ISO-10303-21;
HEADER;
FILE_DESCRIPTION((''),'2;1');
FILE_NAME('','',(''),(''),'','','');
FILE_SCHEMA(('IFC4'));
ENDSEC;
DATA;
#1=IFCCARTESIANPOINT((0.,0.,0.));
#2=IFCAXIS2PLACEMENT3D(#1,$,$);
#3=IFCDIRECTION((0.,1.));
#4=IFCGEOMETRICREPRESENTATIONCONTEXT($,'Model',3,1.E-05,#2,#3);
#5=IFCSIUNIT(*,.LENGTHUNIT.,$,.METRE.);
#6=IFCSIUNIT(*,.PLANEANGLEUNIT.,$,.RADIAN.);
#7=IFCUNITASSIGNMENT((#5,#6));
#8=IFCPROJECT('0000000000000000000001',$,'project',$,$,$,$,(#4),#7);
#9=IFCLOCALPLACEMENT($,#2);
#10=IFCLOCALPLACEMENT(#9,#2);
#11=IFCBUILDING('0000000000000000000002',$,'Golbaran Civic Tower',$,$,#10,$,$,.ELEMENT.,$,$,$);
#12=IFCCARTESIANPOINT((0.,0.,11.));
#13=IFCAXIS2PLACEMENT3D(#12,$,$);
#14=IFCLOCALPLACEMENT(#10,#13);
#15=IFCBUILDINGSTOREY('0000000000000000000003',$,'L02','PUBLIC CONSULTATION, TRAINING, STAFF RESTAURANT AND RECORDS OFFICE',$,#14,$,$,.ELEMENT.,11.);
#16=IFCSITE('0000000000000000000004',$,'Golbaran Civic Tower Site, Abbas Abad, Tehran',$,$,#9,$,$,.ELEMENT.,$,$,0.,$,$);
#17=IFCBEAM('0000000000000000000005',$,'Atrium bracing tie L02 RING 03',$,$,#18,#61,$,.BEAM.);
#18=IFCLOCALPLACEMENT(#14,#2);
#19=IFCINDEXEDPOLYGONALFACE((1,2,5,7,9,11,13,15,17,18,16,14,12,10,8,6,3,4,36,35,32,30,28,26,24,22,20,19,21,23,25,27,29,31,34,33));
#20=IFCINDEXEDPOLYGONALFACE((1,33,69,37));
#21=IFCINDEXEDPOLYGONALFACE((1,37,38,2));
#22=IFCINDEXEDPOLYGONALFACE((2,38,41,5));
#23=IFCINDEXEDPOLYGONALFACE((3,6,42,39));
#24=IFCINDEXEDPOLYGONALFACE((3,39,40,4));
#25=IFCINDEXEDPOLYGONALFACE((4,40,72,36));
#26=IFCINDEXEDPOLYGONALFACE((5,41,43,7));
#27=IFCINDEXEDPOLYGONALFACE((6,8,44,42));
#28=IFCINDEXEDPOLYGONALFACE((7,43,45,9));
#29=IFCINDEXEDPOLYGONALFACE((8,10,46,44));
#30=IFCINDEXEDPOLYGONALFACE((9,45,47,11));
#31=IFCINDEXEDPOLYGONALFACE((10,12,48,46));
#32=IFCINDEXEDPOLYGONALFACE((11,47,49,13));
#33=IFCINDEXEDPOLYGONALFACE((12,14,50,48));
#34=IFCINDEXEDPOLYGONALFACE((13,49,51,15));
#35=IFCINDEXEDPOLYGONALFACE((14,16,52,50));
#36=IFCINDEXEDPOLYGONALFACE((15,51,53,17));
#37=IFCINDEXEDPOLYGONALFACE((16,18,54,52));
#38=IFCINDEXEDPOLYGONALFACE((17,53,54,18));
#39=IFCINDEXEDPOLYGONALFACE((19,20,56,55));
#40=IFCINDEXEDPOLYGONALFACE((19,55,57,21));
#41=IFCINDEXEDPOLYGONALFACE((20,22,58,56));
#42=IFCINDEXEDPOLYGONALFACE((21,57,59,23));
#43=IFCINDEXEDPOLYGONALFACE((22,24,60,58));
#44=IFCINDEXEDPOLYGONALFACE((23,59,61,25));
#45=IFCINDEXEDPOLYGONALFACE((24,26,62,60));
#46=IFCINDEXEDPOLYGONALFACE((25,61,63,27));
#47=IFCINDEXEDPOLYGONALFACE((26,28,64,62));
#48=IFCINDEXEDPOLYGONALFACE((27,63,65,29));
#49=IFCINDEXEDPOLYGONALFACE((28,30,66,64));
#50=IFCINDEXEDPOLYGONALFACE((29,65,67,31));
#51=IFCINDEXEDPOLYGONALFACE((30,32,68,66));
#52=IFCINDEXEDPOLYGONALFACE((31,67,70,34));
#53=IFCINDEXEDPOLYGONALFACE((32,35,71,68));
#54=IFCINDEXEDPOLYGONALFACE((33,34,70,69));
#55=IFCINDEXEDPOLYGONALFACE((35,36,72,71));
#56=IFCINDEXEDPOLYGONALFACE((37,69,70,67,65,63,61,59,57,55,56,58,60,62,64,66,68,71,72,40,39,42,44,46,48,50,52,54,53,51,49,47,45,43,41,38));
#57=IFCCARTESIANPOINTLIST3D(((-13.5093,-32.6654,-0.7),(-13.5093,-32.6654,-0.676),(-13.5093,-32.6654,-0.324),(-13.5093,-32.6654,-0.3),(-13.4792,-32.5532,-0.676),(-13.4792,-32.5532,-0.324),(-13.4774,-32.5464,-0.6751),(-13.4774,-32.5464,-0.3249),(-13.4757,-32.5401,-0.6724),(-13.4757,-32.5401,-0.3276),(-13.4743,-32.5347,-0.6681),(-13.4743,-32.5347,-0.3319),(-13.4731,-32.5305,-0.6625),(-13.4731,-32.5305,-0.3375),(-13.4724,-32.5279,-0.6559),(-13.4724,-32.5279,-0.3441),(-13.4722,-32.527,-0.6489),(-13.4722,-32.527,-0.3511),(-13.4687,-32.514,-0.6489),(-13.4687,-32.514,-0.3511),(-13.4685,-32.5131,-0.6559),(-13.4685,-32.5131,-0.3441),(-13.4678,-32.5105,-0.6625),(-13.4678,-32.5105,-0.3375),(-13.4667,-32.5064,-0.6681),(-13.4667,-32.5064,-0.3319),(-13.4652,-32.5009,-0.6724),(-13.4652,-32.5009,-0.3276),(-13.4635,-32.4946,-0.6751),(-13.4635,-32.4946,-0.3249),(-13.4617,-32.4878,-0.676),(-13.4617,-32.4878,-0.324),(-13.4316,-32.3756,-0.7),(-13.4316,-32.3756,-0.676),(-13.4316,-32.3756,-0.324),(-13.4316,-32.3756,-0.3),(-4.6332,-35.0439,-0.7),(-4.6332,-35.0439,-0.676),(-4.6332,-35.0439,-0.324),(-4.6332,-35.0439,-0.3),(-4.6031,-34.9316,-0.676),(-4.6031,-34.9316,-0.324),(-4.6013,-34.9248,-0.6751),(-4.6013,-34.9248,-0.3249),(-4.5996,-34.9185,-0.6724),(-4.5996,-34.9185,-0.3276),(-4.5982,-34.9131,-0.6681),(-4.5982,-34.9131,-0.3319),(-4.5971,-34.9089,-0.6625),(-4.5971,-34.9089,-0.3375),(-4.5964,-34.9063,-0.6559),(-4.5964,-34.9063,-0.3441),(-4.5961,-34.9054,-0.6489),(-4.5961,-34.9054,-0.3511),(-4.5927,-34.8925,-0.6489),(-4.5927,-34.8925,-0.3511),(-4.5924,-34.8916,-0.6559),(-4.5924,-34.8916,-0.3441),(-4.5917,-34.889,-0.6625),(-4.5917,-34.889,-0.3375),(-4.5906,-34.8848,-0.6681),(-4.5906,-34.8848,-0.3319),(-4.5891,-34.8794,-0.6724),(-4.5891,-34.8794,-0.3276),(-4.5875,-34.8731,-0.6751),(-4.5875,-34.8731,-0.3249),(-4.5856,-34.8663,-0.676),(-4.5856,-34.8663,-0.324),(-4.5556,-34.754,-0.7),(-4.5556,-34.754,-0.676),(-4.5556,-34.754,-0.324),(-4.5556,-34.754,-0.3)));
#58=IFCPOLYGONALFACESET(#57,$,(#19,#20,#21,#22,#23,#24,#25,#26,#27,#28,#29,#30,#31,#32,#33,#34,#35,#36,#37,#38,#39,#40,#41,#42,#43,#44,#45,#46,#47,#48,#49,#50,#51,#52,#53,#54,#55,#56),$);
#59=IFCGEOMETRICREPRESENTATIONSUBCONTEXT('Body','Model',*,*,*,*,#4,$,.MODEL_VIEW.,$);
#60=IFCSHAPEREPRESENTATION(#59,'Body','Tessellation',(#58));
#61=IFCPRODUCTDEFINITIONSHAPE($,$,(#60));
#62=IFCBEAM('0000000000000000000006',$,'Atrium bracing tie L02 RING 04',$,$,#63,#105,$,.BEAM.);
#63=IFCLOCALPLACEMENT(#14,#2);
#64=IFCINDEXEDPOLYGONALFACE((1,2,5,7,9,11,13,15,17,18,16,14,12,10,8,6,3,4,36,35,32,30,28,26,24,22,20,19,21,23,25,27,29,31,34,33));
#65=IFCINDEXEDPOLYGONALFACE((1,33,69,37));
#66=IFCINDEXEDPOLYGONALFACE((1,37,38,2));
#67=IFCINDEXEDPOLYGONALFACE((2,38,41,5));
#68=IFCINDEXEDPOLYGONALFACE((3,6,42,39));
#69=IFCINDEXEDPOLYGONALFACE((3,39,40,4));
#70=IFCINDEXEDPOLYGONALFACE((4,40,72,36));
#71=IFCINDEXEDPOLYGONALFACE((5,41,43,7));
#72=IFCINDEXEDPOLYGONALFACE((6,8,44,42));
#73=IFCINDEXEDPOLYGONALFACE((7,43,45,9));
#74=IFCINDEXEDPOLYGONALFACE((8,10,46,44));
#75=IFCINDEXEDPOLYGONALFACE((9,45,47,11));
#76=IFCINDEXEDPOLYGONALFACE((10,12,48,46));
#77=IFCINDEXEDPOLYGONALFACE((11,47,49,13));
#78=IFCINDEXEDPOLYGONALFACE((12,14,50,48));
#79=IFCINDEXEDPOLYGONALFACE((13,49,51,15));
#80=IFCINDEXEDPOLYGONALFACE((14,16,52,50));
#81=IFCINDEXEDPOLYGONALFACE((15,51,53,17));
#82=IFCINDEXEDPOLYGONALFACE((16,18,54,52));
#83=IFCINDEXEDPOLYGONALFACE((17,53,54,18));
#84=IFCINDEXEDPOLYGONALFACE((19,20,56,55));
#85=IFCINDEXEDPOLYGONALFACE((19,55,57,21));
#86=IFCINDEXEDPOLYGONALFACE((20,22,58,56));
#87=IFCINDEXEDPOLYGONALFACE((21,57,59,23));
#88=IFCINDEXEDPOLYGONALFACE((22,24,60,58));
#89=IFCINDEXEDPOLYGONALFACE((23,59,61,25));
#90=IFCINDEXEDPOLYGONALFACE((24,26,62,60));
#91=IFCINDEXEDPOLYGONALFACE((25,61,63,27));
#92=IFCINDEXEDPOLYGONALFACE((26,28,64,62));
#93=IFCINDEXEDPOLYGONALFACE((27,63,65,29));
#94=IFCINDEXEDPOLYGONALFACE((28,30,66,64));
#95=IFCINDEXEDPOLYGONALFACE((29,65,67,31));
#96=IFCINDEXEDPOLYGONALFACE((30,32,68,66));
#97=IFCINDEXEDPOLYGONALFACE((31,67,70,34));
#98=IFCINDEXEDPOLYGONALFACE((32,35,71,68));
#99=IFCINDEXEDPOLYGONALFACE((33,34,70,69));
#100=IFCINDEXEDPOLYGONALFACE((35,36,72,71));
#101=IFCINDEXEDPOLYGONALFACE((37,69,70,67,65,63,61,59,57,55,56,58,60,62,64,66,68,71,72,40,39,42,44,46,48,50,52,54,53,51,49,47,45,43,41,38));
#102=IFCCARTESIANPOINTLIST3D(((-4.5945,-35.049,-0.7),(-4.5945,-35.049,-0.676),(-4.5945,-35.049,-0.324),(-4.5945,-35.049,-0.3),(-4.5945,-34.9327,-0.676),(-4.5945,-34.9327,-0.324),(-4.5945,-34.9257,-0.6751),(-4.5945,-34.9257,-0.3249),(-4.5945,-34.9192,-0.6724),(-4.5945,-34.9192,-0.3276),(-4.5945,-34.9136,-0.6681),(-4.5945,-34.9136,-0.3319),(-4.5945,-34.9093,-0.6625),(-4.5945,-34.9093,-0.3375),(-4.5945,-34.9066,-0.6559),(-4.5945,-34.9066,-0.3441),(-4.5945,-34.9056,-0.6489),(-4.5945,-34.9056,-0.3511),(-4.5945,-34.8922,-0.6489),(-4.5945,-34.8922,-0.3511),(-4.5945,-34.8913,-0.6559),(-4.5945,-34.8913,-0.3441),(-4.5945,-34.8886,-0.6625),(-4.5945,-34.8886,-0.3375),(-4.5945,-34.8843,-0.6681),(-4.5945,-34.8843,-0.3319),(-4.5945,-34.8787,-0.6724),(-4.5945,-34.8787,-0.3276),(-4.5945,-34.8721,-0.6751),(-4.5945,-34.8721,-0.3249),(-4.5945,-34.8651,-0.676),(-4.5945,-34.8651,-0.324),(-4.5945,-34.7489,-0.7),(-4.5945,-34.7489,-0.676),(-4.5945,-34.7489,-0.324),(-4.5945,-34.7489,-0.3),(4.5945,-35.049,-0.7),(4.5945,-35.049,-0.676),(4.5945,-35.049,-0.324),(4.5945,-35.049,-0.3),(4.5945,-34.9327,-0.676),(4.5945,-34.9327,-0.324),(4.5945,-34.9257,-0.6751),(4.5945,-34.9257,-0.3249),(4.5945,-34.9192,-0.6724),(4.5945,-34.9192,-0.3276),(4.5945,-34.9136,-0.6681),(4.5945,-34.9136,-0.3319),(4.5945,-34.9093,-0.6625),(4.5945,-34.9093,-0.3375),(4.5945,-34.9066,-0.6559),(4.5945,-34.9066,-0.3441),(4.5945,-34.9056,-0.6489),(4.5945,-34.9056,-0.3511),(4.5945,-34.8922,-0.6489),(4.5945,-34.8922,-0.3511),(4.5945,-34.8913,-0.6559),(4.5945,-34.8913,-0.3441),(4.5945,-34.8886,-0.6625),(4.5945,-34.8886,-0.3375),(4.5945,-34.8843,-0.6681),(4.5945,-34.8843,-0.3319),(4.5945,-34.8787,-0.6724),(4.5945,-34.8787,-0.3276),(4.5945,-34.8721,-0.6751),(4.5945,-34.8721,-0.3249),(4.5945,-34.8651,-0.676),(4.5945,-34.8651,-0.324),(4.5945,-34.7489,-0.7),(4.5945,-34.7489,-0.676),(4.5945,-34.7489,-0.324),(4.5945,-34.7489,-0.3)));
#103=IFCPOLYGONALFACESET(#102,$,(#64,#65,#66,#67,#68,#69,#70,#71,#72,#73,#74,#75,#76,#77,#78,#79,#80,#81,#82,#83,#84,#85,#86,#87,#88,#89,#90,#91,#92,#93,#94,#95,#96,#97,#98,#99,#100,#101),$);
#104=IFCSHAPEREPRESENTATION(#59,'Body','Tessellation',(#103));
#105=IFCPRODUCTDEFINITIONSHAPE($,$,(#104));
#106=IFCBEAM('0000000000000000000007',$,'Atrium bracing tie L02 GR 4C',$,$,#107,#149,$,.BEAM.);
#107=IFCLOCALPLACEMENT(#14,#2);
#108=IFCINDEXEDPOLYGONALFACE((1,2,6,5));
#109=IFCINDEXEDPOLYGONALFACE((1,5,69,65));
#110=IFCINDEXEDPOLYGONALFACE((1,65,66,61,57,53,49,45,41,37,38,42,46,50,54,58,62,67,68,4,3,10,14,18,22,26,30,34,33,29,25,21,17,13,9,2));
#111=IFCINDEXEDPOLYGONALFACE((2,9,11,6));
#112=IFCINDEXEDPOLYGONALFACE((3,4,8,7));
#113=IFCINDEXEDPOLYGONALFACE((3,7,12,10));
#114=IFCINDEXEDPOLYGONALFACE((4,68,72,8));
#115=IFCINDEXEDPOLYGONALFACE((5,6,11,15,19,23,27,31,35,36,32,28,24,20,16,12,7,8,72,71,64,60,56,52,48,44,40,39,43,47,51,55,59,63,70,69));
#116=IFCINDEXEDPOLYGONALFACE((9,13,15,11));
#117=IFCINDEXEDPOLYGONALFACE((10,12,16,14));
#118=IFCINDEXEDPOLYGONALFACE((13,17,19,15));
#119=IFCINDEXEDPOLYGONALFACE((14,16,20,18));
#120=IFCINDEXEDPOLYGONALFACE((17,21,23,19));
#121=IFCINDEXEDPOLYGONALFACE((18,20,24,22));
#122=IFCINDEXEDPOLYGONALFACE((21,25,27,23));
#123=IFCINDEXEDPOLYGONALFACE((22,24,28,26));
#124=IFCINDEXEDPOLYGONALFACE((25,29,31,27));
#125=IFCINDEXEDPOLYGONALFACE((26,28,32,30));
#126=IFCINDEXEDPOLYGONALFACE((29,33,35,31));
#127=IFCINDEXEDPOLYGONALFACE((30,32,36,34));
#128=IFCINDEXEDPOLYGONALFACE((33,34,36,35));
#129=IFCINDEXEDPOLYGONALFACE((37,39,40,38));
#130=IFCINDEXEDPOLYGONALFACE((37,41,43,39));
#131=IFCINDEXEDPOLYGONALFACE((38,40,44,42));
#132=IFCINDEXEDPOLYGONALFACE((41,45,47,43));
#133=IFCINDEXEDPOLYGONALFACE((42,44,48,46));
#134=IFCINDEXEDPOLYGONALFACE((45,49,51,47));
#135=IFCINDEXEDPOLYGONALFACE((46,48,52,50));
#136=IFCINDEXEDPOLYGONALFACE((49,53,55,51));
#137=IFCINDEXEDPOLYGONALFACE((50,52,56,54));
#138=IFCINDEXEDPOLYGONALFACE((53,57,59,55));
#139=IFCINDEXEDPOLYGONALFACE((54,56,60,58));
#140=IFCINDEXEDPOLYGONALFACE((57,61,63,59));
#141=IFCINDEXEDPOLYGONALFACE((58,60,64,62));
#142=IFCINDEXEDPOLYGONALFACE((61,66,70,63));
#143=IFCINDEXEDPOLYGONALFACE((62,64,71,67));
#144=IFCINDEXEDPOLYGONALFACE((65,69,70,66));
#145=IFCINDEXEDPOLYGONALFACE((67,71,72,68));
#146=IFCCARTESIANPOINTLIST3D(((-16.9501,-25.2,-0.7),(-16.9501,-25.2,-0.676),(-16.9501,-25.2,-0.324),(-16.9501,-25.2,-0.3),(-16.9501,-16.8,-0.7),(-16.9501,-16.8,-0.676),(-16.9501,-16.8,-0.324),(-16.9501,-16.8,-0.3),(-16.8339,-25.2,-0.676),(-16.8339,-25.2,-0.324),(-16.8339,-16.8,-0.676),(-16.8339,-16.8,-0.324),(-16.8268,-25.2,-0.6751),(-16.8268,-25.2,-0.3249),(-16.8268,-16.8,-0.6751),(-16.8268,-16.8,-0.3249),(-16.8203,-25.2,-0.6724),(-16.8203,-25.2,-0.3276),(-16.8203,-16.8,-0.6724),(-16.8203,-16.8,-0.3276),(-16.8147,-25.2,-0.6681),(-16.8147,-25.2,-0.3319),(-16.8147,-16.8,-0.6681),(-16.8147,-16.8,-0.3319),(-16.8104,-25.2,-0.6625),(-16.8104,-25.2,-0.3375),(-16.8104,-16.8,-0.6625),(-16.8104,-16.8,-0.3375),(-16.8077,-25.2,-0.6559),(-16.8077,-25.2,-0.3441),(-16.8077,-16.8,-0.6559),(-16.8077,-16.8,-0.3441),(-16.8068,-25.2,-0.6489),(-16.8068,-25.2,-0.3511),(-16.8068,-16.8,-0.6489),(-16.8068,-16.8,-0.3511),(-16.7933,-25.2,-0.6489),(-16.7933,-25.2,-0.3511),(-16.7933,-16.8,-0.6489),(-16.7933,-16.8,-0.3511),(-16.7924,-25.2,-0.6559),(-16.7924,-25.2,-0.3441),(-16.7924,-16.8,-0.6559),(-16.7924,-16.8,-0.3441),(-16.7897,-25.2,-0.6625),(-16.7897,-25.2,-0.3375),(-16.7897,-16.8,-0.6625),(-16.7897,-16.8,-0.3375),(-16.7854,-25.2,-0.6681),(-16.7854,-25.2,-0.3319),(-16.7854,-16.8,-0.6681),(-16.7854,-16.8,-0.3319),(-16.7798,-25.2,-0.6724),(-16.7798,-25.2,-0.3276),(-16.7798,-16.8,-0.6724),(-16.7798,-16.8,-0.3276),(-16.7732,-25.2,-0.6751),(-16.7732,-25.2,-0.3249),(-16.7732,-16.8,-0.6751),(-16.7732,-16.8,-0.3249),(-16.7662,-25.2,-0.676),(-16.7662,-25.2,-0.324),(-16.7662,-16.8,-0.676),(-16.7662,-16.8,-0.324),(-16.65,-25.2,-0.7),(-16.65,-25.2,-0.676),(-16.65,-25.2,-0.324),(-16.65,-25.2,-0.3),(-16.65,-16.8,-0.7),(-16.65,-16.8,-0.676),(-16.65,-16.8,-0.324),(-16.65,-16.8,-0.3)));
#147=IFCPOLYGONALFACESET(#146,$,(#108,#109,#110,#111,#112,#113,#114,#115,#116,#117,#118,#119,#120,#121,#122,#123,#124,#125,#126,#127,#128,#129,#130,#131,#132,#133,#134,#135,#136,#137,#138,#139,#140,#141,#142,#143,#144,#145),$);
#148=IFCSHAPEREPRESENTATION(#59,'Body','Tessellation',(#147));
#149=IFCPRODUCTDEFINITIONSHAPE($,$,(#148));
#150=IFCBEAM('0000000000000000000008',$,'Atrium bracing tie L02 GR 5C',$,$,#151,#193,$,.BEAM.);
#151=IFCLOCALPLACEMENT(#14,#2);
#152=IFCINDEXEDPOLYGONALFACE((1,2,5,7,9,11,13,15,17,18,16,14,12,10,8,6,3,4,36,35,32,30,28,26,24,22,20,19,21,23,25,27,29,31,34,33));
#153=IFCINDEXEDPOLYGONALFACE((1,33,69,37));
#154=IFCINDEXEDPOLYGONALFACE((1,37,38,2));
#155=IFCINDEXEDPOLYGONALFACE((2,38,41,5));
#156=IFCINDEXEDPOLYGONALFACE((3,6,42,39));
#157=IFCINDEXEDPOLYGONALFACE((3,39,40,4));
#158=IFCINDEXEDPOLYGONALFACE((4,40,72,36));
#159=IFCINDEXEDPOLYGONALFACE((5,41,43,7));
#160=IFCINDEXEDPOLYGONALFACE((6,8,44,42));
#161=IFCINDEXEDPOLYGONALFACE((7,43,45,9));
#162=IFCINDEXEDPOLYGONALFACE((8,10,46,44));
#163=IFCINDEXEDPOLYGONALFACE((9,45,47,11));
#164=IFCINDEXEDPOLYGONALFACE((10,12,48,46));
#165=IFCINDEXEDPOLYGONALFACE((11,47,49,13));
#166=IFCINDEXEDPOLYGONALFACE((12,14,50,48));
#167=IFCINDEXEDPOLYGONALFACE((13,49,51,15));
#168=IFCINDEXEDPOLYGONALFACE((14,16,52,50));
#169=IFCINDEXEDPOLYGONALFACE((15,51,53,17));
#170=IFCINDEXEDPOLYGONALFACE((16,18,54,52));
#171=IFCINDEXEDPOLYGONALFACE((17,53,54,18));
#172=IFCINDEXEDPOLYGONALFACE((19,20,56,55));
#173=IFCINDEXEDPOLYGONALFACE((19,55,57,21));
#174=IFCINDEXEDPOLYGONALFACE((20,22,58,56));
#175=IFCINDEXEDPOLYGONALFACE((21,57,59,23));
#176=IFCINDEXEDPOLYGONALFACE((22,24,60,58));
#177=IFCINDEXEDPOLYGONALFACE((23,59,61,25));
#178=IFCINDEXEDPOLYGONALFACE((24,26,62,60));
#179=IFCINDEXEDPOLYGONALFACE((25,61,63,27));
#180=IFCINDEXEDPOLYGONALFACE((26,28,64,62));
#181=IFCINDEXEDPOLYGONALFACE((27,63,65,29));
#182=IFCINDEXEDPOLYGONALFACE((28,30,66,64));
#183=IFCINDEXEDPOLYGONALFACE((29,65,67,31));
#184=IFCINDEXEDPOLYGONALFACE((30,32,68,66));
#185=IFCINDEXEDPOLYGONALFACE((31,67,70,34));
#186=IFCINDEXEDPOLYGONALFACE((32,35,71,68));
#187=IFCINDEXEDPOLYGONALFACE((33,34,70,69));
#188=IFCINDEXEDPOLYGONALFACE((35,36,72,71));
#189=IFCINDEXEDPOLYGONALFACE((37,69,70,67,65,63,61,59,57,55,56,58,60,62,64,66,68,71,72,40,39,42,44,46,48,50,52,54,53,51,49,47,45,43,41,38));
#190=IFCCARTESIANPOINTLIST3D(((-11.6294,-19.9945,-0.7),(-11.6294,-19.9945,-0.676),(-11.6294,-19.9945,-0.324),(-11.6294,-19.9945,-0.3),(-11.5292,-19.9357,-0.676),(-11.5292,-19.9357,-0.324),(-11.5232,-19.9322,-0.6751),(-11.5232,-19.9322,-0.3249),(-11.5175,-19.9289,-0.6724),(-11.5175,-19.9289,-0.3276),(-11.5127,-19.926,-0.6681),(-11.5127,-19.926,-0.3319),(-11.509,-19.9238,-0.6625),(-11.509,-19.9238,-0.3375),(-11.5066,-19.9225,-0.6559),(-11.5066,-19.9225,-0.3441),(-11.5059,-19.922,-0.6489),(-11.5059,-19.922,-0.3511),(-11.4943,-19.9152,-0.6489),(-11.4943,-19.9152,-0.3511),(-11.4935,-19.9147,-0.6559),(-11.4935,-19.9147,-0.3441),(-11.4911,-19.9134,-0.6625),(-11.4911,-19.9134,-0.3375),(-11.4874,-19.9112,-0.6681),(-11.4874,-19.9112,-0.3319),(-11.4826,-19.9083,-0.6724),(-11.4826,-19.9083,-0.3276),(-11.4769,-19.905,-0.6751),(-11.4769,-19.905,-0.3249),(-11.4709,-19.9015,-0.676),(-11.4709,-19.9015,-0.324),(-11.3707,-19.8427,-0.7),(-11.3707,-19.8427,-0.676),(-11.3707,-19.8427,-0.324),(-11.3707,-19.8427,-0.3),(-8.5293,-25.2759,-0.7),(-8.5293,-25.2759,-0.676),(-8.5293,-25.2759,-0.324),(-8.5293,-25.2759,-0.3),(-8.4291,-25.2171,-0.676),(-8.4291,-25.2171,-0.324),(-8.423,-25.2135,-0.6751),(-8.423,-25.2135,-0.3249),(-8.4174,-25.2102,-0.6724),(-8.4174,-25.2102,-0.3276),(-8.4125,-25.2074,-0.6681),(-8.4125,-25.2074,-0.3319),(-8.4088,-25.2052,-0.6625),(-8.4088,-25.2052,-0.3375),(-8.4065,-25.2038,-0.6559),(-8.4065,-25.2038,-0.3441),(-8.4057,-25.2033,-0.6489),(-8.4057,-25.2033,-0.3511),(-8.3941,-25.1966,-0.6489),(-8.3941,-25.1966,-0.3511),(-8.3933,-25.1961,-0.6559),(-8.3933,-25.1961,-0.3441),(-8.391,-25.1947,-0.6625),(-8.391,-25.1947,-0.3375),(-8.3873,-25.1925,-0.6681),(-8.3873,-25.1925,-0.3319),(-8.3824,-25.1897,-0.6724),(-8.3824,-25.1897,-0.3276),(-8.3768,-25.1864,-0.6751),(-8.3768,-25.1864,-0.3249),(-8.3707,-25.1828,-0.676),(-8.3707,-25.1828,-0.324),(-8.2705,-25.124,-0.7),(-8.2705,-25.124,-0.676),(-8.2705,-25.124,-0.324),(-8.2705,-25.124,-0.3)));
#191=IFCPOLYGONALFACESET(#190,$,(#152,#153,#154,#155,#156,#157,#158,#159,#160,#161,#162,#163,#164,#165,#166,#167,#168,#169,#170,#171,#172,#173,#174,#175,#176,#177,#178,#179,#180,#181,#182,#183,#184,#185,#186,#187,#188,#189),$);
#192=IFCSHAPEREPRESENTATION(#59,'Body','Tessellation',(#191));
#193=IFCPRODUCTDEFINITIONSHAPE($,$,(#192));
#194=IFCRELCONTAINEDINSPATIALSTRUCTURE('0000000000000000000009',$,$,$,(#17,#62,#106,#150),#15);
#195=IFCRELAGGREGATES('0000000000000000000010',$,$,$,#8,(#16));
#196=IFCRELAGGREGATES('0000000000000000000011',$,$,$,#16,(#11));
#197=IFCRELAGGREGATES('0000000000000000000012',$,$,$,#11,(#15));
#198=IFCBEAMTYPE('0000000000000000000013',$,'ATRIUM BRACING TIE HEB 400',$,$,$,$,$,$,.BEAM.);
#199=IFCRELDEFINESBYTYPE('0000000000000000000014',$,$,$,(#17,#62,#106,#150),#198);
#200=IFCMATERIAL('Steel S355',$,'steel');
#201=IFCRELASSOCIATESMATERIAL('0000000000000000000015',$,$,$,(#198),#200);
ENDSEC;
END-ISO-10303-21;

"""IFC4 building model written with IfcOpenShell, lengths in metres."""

from ifc_helpers import new_model, si_unit, direction, frame, origin, origin_2d, place, context, subcontext, project, spatial, i_section, extrude, material, material_profile, profile_set, type_object, element, save


model = new_model("IFC4")

# Units and contexts
model_context = context("Model", 3, precision=1e-05, world=origin(), true_north=direction((0.0, 1.0)))
body_context = subcontext(model_context, "Body", "Model", "MODEL_VIEW")
ifc_project = project(units=[si_unit("LENGTHUNIT", "METRE"), si_unit("PLANEANGLEUNIT", "RADIAN")], contexts=[model_context])

# Site, building, storey
site_placement = place(None, origin())
site = spatial("IfcSite", under=ifc_project, at=site_placement, Name="Golbaran Civic Tower Site, Abbas Abad, Tehran", CompositionType="ELEMENT", RefElevation=0.0)
building_placement = place(site_placement, origin())
building = spatial("IfcBuilding", under=site, at=building_placement, Name="Golbaran Civic Tower", CompositionType="ELEMENT")
storey_placement = place(building_placement, frame((0.0, 0.0, 11.0)))
storey = spatial("IfcBuildingStorey", under=building, at=storey_placement, Name="L02", Description="PUBLIC CONSULTATION, TRAINING, STAFF RESTAURANT AND RECORDS OFFICE", CompositionType="ELEMENT", Elevation=11.0)

# Shared definitions
ifc_material_1 = material(Name="Steel S355", Category="steel")

# Beams
ifc_material_profile_1 = material_profile(ifc_material_1, i_section(OverallWidth=0.3, OverallDepth=0.3999, WebThickness=0.0134, FlangeThickness=0.0239, FilletRadius=0.0271, at=origin_2d()), Name="HEB 400")
ifc_profile_set_1 = profile_set([ifc_material_profile_1], Name="Steel S355")
beam_type = type_object("IfcBeamType", Name="ATRIUM BRACING TIE HEB 400", PredefinedType="BEAM", material=ifc_profile_set_1)
beam_1_placement = place(storey_placement, frame((-13.4705, -32.5205, -0.5), z_axis=(0.965923, -0.25883, 0.0), x_axis=(0.25883, 0.965923, 0.0)))
element("IfcBeam", 1, at=beam_1_placement, inside=storey, type_object=beam_type, Name="Atrium bracing tie L02 RING 03", PredefinedType="BEAM", context=body_context, shape_type="SweptSolid", body=[
    extrude(i_section(OverallWidth=0.3, OverallDepth=0.3999, WebThickness=0.0134, FlangeThickness=0.0239, FilletRadius=0.0271, at=origin_2d()), origin(), (0.0, 0.0, 1.0), 9.1892),
])
beam_2_placement = place(storey_placement, frame((-4.5945, -34.8989, -0.5), z_axis=(1.0, 0.0, 0.0), x_axis=(0.0, 1.0, 0.0)))
element("IfcBeam", 2, at=beam_2_placement, inside=storey, type_object=beam_type, Name="Atrium bracing tie L02 RING 04", PredefinedType="BEAM", context=body_context, shape_type="SweptSolid", body=[
    extrude(i_section(OverallWidth=0.3, OverallDepth=0.3999, WebThickness=0.0134, FlangeThickness=0.0239, FilletRadius=0.0271, at=origin_2d()), origin(), (0.0, 0.0, 1.0), 9.189),
])
beam_3_placement = place(storey_placement, frame((-16.8, -25.2, -0.5), z_axis=(0.0, 1.0, 0.0), x_axis=(-1.0, 0.0, 0.0)))
element("IfcBeam", 3, at=beam_3_placement, inside=storey, type_object=beam_type, Name="Atrium bracing tie L02 GR 4C", PredefinedType="BEAM", context=body_context, shape_type="SweptSolid", body=[
    extrude(i_section(OverallWidth=0.3, OverallDepth=0.3999, WebThickness=0.0134, FlangeThickness=0.0239, FilletRadius=0.0271, at=origin_2d()), origin(), (0.0, 0.0, 1.0), 8.3999),
])
beam_4_placement = place(storey_placement, frame((-8.3999, -25.2, -0.5), z_axis=(-0.506229, 0.862399, 0.0), x_axis=(-0.862399, -0.506229, 0.0)))
element("IfcBeam", 4, at=beam_4_placement, inside=storey, type_object=beam_type, Name="Atrium bracing tie L02 GR 5C", PredefinedType="BEAM", context=body_context, shape_type="SweptSolid", body=[
    extrude(i_section(OverallWidth=0.3, OverallDepth=0.3999, WebThickness=0.0134, FlangeThickness=0.0239, FilletRadius=0.0271, at=origin_2d()), origin(), (0.0, 0.0, 1.0), 6.124),
])

save(model, "model.ifc")
